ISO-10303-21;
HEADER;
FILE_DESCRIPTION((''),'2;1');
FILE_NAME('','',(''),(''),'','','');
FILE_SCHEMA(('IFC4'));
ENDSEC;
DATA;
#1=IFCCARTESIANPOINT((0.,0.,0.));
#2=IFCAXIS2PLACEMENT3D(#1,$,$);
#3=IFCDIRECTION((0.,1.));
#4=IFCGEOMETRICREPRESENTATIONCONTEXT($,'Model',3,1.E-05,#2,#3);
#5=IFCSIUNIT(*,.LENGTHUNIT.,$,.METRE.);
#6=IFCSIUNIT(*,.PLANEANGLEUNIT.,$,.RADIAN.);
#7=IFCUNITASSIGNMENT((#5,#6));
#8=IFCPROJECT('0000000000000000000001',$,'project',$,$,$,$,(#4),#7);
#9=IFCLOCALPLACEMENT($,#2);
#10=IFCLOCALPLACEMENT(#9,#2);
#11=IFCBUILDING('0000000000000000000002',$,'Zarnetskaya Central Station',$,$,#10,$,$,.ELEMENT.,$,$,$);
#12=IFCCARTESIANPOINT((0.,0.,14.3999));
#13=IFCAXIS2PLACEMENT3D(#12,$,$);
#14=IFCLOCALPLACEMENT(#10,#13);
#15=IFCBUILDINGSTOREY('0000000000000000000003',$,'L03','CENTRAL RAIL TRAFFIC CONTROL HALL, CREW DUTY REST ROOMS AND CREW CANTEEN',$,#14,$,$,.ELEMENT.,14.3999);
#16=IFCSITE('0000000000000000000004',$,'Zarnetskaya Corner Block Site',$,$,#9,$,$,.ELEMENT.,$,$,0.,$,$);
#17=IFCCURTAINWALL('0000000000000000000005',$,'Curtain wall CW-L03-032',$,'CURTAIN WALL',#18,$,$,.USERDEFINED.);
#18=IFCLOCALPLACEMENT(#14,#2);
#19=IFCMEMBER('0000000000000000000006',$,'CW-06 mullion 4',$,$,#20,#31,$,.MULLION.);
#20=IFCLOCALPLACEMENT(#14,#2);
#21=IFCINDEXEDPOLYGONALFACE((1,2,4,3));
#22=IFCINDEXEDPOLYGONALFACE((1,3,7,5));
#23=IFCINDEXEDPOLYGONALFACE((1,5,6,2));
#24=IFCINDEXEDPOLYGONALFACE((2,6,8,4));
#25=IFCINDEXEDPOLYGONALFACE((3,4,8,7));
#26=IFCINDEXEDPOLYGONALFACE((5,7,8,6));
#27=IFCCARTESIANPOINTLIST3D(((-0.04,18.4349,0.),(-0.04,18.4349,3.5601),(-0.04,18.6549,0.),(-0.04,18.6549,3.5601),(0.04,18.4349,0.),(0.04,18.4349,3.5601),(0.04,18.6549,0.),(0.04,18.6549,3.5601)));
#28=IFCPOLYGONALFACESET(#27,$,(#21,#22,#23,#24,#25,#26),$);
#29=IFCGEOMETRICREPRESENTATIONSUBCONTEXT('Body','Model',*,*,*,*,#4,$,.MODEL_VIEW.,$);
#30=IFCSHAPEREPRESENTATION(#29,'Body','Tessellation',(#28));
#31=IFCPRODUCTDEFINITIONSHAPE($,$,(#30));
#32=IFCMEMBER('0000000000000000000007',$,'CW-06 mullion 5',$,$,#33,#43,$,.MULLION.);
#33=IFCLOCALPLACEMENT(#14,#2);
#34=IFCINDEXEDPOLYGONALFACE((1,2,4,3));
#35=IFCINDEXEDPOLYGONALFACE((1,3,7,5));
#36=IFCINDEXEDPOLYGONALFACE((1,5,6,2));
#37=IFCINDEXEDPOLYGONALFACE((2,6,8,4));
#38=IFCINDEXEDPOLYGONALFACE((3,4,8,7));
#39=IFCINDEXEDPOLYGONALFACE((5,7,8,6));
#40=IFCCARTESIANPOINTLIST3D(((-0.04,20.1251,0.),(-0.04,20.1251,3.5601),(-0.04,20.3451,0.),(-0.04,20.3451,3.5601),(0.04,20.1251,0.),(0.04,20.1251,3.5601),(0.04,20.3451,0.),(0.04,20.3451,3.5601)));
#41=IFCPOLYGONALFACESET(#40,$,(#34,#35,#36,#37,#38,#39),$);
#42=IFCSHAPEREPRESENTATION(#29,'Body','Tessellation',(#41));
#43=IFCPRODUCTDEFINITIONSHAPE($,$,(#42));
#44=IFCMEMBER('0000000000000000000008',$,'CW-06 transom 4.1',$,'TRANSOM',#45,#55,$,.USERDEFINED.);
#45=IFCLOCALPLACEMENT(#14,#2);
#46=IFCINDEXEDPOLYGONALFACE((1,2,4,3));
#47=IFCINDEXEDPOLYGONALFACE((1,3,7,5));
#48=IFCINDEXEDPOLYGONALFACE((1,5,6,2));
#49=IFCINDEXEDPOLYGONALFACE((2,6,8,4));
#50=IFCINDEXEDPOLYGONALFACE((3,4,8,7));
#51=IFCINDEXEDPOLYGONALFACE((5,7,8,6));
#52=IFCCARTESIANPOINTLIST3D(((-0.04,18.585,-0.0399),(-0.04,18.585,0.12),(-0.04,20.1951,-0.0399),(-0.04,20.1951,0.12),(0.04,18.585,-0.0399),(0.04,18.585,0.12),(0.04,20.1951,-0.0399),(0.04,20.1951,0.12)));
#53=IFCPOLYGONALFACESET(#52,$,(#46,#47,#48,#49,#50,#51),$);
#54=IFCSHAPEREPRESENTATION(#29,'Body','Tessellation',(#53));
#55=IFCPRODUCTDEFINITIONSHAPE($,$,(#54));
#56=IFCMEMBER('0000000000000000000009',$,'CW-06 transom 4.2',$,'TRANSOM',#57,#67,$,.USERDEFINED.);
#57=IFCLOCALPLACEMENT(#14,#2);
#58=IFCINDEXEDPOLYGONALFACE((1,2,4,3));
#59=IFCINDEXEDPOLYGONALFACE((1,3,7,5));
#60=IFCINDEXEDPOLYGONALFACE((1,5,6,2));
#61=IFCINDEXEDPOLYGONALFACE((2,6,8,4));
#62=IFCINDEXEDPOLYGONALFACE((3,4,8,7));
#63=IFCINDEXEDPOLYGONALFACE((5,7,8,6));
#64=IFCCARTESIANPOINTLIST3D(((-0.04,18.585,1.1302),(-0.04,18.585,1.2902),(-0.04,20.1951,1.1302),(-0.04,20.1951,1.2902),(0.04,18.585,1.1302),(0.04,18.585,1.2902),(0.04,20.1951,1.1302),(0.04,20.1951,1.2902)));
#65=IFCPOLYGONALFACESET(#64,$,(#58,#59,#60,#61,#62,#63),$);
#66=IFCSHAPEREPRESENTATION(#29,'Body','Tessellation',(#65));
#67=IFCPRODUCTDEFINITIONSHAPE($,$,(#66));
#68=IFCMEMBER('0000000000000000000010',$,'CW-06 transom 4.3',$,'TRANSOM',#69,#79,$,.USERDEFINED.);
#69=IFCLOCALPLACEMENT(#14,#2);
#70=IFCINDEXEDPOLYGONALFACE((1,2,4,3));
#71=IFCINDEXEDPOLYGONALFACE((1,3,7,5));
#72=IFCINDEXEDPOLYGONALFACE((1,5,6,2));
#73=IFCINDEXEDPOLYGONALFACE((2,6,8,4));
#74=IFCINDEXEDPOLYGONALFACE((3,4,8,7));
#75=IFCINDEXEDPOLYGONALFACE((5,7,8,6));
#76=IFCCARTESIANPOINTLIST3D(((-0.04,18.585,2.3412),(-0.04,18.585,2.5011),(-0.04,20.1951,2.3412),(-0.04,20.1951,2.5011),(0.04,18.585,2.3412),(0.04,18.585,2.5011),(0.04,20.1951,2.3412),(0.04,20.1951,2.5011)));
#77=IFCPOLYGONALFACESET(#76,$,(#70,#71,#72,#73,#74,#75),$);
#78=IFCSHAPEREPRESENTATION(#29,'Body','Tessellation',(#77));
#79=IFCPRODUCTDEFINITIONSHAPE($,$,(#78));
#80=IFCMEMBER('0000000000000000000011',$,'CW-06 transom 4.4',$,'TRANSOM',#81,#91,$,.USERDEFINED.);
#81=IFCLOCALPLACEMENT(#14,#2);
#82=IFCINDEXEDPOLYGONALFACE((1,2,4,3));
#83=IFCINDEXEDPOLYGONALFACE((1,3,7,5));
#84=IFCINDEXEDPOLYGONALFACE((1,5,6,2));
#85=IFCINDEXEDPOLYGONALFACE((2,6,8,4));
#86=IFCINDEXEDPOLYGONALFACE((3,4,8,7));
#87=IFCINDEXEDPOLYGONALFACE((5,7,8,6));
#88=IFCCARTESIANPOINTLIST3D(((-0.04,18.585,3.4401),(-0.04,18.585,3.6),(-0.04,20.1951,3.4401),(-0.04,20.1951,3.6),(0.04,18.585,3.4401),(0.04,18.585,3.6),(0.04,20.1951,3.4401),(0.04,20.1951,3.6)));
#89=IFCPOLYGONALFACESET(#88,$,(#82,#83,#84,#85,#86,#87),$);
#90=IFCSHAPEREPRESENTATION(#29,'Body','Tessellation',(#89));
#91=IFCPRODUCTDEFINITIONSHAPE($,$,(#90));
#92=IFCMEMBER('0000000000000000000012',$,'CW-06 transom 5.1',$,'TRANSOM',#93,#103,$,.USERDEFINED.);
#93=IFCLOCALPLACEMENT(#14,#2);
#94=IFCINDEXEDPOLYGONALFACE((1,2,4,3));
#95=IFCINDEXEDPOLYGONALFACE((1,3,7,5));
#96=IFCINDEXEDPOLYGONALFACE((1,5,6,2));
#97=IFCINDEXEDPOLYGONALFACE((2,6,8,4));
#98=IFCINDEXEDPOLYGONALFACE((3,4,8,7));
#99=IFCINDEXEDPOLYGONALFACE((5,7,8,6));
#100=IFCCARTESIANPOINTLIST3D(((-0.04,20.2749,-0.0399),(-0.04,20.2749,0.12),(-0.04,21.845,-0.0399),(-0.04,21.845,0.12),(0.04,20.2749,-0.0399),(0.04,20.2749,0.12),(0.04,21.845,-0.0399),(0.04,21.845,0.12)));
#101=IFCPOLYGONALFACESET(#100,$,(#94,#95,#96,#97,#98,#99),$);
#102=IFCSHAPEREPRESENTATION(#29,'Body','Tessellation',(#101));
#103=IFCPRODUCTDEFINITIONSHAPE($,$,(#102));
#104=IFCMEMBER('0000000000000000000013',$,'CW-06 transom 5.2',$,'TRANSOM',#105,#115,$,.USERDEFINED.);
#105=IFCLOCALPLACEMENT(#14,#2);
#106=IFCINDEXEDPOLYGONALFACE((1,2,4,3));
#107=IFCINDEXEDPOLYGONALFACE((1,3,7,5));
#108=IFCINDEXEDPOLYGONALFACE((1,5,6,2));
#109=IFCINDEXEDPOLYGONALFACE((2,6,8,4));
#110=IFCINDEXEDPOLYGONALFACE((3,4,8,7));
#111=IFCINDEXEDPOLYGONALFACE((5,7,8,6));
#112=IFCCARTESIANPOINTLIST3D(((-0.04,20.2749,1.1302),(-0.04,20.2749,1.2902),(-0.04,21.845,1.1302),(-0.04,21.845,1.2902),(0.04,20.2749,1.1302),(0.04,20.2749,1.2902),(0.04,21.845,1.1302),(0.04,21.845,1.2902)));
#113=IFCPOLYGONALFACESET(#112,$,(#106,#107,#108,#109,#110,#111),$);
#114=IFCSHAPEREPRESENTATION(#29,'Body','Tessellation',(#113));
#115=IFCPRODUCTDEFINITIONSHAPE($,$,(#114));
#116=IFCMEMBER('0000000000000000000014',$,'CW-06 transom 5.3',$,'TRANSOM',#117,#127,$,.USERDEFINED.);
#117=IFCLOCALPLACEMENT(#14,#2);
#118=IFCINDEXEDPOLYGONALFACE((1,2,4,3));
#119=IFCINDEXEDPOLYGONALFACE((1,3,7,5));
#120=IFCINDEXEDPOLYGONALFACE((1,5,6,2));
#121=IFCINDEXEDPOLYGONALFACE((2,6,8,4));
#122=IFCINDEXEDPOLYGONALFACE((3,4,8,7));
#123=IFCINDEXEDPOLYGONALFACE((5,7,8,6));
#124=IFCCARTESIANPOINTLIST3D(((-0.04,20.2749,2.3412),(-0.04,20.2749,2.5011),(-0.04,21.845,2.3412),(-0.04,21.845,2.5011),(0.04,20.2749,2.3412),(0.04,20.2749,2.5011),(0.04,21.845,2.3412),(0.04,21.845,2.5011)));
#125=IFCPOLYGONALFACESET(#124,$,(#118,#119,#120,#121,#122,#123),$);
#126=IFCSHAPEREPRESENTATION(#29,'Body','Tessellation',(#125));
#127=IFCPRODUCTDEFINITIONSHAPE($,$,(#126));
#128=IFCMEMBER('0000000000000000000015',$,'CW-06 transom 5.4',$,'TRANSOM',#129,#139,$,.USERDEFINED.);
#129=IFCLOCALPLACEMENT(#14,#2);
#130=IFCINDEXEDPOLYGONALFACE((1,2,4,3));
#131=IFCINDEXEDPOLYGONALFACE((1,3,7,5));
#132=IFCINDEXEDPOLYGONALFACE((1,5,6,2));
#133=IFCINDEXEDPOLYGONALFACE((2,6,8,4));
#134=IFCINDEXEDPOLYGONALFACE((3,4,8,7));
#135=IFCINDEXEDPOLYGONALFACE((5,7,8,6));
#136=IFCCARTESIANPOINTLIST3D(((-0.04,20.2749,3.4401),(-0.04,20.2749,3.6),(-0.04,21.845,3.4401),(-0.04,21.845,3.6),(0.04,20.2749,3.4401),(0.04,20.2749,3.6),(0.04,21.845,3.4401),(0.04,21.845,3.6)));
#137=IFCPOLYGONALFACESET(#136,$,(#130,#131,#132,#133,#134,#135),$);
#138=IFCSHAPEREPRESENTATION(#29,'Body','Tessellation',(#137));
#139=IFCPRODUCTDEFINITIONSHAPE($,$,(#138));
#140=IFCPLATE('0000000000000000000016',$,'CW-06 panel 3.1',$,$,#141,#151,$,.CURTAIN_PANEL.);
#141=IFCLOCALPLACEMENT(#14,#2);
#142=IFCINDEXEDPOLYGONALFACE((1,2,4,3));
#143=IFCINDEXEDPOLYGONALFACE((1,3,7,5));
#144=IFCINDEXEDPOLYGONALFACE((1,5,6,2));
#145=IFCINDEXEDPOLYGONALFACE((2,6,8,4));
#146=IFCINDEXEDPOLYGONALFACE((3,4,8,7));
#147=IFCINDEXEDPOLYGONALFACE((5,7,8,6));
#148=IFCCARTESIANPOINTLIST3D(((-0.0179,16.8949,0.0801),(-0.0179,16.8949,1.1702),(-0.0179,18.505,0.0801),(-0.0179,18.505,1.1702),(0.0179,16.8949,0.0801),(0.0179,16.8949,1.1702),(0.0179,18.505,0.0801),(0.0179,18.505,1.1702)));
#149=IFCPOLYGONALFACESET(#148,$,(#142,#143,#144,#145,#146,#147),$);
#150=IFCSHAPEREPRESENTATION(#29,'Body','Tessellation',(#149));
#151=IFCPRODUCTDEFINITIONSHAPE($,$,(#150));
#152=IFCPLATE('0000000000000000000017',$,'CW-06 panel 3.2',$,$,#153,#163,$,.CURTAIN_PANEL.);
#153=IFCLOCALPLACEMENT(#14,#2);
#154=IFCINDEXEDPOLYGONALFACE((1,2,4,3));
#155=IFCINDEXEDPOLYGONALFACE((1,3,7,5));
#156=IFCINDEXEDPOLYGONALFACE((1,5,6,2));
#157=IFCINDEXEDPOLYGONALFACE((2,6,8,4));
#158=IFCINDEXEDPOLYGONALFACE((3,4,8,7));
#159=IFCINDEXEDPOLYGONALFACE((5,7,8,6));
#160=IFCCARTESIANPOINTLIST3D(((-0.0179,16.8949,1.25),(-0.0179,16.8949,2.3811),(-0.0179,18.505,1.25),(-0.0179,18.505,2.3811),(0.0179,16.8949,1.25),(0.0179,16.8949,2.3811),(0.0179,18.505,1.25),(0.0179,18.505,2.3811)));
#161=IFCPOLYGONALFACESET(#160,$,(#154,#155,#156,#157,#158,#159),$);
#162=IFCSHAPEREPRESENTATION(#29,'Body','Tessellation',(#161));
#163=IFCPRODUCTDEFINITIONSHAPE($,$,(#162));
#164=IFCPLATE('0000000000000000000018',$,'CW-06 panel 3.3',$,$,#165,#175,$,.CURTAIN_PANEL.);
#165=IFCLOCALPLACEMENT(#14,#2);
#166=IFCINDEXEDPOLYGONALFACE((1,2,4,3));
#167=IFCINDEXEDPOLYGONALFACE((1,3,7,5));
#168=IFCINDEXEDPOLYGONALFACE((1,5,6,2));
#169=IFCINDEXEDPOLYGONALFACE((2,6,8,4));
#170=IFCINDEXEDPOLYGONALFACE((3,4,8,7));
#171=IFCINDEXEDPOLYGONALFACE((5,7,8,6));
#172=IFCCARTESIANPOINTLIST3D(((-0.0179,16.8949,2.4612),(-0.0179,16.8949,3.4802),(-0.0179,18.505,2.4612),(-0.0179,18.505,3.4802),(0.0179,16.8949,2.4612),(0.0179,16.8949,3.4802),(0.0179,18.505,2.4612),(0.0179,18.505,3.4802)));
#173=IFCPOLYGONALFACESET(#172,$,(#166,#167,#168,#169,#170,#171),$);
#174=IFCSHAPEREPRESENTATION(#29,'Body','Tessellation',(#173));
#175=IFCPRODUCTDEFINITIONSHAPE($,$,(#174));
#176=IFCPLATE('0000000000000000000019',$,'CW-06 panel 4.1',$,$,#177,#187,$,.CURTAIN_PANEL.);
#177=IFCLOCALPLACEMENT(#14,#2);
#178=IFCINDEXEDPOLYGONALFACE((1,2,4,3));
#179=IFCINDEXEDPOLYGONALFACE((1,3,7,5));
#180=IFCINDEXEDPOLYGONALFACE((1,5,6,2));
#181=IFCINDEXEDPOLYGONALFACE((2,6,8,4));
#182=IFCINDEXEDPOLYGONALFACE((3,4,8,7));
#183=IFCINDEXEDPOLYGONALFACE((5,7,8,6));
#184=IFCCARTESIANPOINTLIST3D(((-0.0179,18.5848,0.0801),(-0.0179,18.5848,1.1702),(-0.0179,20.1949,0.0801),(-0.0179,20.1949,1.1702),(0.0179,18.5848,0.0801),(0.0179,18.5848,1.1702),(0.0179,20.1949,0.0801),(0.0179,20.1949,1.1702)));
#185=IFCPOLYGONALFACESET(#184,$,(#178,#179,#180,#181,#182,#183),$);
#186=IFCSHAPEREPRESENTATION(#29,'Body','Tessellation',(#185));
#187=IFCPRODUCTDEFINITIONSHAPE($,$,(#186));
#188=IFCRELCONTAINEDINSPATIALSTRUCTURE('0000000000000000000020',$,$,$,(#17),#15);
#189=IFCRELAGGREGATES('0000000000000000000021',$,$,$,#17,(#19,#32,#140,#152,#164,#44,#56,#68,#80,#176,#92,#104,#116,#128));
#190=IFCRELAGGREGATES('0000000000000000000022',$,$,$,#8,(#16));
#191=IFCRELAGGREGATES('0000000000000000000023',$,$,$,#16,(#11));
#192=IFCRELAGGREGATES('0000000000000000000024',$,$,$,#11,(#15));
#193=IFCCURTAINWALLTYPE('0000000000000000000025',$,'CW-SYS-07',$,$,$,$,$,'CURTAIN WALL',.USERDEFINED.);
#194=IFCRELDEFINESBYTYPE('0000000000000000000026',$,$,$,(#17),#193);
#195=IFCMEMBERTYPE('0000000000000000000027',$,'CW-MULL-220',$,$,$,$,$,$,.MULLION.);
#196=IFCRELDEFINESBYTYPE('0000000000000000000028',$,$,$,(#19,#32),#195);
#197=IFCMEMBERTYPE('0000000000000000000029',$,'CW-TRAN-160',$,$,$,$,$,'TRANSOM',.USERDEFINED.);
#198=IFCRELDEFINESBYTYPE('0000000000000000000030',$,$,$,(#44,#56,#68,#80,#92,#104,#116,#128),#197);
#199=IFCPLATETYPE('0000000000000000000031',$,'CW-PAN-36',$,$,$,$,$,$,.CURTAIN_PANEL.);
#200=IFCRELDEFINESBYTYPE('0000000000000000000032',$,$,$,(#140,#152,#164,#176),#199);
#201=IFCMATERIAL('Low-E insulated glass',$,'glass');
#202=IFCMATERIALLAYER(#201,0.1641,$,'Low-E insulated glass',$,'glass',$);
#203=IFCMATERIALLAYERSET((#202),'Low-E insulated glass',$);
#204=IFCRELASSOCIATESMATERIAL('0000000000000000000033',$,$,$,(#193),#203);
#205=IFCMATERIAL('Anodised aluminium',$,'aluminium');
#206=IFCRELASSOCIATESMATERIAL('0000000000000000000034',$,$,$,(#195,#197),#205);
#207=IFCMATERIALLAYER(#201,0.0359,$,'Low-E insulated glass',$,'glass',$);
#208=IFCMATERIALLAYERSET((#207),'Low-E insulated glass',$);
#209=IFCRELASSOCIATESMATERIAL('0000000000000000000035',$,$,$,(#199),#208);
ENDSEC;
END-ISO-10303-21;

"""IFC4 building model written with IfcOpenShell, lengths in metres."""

from ifc_helpers import new_model, si_unit, direction, frame, origin, origin_2d, place, context, subcontext, project, spatial, rectangle, extrude, material, layer, layer_set, material_profile, profile_set, type_object, element, aggregate, save


model = new_model("IFC4")

# Units and contexts
model_context = context("Model", 3, precision=1e-05, world=origin(), true_north=direction((0.0, 1.0)))
body_context = subcontext(model_context, "Body", "Model", "MODEL_VIEW")
ifc_project = project(units=[si_unit("LENGTHUNIT", "METRE"), si_unit("PLANEANGLEUNIT", "RADIAN")], contexts=[model_context])

# Site, building, storey
site_placement = place(None, origin())
site = spatial("IfcSite", under=ifc_project, at=site_placement, Name="Zarnetskaya Corner Block Site", CompositionType="ELEMENT", RefElevation=0.0)
building_placement = place(site_placement, origin())
building = spatial("IfcBuilding", under=site, at=building_placement, Name="Zarnetskaya Central Station", CompositionType="ELEMENT")
storey_placement = place(building_placement, frame((0.0, 0.0, 14.3999)))
storey = spatial("IfcBuildingStorey", under=building, at=storey_placement, Name="L03", Description="CENTRAL RAIL TRAFFIC CONTROL HALL, CREW DUTY REST ROOMS AND CREW CANTEEN", CompositionType="ELEMENT", Elevation=14.3999)

# Curtain wall, members, plates
ifc_material_1 = material(Name="Low-E insulated glass", Category="glass")
ifc_layer_1 = layer(ifc_material_1, 0.1641, Name="Low-E insulated glass", Category="glass")
ifc_layer_set_1 = layer_set([ifc_layer_1], Name="Low-E insulated glass")
curtain_wall_type = type_object("IfcCurtainWallType", Name="CW-SYS-07", ElementType="CURTAIN WALL", PredefinedType="USERDEFINED", material=ifc_layer_set_1)
curtain_wall_placement = place(storey_placement, origin())
curtain_wall = element("IfcCurtainWall", 1, at=curtain_wall_placement, inside=storey, type_object=curtain_wall_type, Name="Curtain wall CW-L03-032", ObjectType="CURTAIN WALL", PredefinedType="USERDEFINED")
ifc_material_2 = material(Name="Anodised aluminium", Category="aluminium")
ifc_material_profile_1 = material_profile(ifc_material_2, rectangle(XDim=0.0801, YDim=0.22, at=origin_2d()), Name="ALU MULL 80x220")
ifc_profile_set_1 = profile_set([ifc_material_profile_1], Name="Anodised aluminium")
member_type_1 = type_object("IfcMemberType", Name="CW-MULL-220", PredefinedType="MULLION", material=ifc_profile_set_1)
member_1_placement = place(storey_placement, frame((0.0, 18.5449, 0.0), z_axis=(0.0, 0.0, 1.0), x_axis=(-1.0, 0.0, 0.0)))
member_1 = element("IfcMember", 2, at=member_1_placement, type_object=member_type_1, Name="CW-06 mullion 4", PredefinedType="MULLION", context=body_context, shape_type="SweptSolid", body=[
    extrude(rectangle(XDim=0.0801, YDim=0.22, at=origin_2d()), origin(), (0.0, 0.0, 1.0), 3.5601),
])
member_2_placement = place(storey_placement, frame((0.0, 20.2351, 0.0), z_axis=(0.0, 0.0, 1.0), x_axis=(-1.0, 0.0, 0.0)))
member_2 = element("IfcMember", 3, at=member_2_placement, type_object=member_type_1, Name="CW-06 mullion 5", PredefinedType="MULLION", context=body_context, shape_type="SweptSolid", body=[
    extrude(rectangle(XDim=0.0801, YDim=0.22, at=origin_2d()), origin(), (0.0, 0.0, 1.0), 3.5601),
])
ifc_material_profile_2 = material_profile(ifc_material_2, rectangle(XDim=0.0801, YDim=0.1599, at=origin_2d()), Name="ALU TRAN 80x160")
ifc_profile_set_2 = profile_set([ifc_material_profile_2], Name="Anodised aluminium")
member_type_2 = type_object("IfcMemberType", Name="CW-TRAN-160", ElementType="TRANSOM", PredefinedType="USERDEFINED", material=ifc_profile_set_2)
member_3_placement = place(storey_placement, frame((0.0, 18.585, 0.04), z_axis=(0.0, 1.0, 0.0), x_axis=(-1.0, 0.0, 0.0)))
member_3 = element("IfcMember", 4, at=member_3_placement, type_object=member_type_2, Name="CW-06 transom 4.1", ObjectType="TRANSOM", PredefinedType="USERDEFINED", context=body_context, shape_type="SweptSolid", body=[
    extrude(rectangle(XDim=0.0801, YDim=0.1599, at=origin_2d()), origin(), (0.0, 0.0, 1.0), 1.6101),
])
member_4_placement = place(storey_placement, frame((0.0, 18.585, 1.2102), z_axis=(0.0, 1.0, 0.0), x_axis=(-1.0, 0.0, 0.0)))
member_4 = element("IfcMember", 5, at=member_4_placement, type_object=member_type_2, Name="CW-06 transom 4.2", ObjectType="TRANSOM", PredefinedType="USERDEFINED", context=body_context, shape_type="SweptSolid", body=[
    extrude(rectangle(XDim=0.0801, YDim=0.1599, at=origin_2d()), origin(), (0.0, 0.0, 1.0), 1.6101),
])
member_5_placement = place(storey_placement, frame((0.0, 18.585, 2.4211), z_axis=(0.0, 1.0, 0.0), x_axis=(-1.0, 0.0, 0.0)))
member_5 = element("IfcMember", 6, at=member_5_placement, type_object=member_type_2, Name="CW-06 transom 4.3", ObjectType="TRANSOM", PredefinedType="USERDEFINED", context=body_context, shape_type="SweptSolid", body=[
    extrude(rectangle(XDim=0.0801, YDim=0.1599, at=origin_2d()), origin(), (0.0, 0.0, 1.0), 1.6101),
])
member_6_placement = place(storey_placement, frame((0.0, 18.585, 3.52), z_axis=(0.0, 1.0, 0.0), x_axis=(-1.0, 0.0, 0.0)))
member_6 = element("IfcMember", 7, at=member_6_placement, type_object=member_type_2, Name="CW-06 transom 4.4", ObjectType="TRANSOM", PredefinedType="USERDEFINED", context=body_context, shape_type="SweptSolid", body=[
    extrude(rectangle(XDim=0.0801, YDim=0.1599, at=origin_2d()), origin(), (0.0, 0.0, 1.0), 1.6101),
])
member_7_placement = place(storey_placement, frame((0.0, 20.2749, 0.04), z_axis=(0.0, 1.0, 0.0), x_axis=(-1.0, 0.0, 0.0)))
member_7 = element("IfcMember", 8, at=member_7_placement, type_object=member_type_2, Name="CW-06 transom 5.1", ObjectType="TRANSOM", PredefinedType="USERDEFINED", context=body_context, shape_type="SweptSolid", body=[
    extrude(rectangle(XDim=0.0801, YDim=0.1599, at=origin_2d()), origin(), (0.0, 0.0, 1.0), 1.5701),
])
member_8_placement = place(storey_placement, frame((0.0, 20.2749, 1.2102), z_axis=(0.0, 1.0, 0.0), x_axis=(-1.0, 0.0, 0.0)))
member_8 = element("IfcMember", 9, at=member_8_placement, type_object=member_type_2, Name="CW-06 transom 5.2", ObjectType="TRANSOM", PredefinedType="USERDEFINED", context=body_context, shape_type="SweptSolid", body=[
    extrude(rectangle(XDim=0.0801, YDim=0.1599, at=origin_2d()), origin(), (0.0, 0.0, 1.0), 1.5701),
])
member_9_placement = place(storey_placement, frame((0.0, 20.2749, 2.4211), z_axis=(0.0, 1.0, 0.0), x_axis=(-1.0, 0.0, 0.0)))
member_9 = element("IfcMember", 10, at=member_9_placement, type_object=member_type_2, Name="CW-06 transom 5.3", ObjectType="TRANSOM", PredefinedType="USERDEFINED", context=body_context, shape_type="SweptSolid", body=[
    extrude(rectangle(XDim=0.0801, YDim=0.1599, at=origin_2d()), origin(), (0.0, 0.0, 1.0), 1.5701),
])
member_10_placement = place(storey_placement, frame((0.0, 20.2749, 3.52), z_axis=(0.0, 1.0, 0.0), x_axis=(-1.0, 0.0, 0.0)))
member_10 = element("IfcMember", 11, at=member_10_placement, type_object=member_type_2, Name="CW-06 transom 5.4", ObjectType="TRANSOM", PredefinedType="USERDEFINED", context=body_context, shape_type="SweptSolid", body=[
    extrude(rectangle(XDim=0.0801, YDim=0.1599, at=origin_2d()), origin(), (0.0, 0.0, 1.0), 1.5701),
])
ifc_layer_2 = layer(ifc_material_1, 0.0359, Name="Low-E insulated glass", Category="glass")
ifc_layer_set_2 = layer_set([ifc_layer_2], Name="Low-E insulated glass")
plate_type = type_object("IfcPlateType", Name="CW-PAN-36", PredefinedType="CURTAIN_PANEL", material=ifc_layer_set_2)
plate_1_placement = place(storey_placement, frame((0.0, 17.7, 0.0801), z_axis=(0.0, 0.0, 1.0), x_axis=(0.0, 1.0, 0.0)))
plate_1 = element("IfcPlate", 12, at=plate_1_placement, type_object=plate_type, Name="CW-06 panel 3.1", PredefinedType="CURTAIN_PANEL", context=body_context, shape_type="SweptSolid", body=[
    extrude(rectangle(XDim=1.6101, YDim=0.0359, at=origin_2d()), origin(), (0.0, 0.0, 1.0), 1.0901),
])
plate_2_placement = place(storey_placement, frame((0.0, 17.7, 1.25), z_axis=(0.0, 0.0, 1.0), x_axis=(0.0, 1.0, 0.0)))
plate_2 = element("IfcPlate", 13, at=plate_2_placement, type_object=plate_type, Name="CW-06 panel 3.2", PredefinedType="CURTAIN_PANEL", context=body_context, shape_type="SweptSolid", body=[
    extrude(rectangle(XDim=1.6101, YDim=0.0359, at=origin_2d()), origin(), (0.0, 0.0, 1.0), 1.1311),
])
plate_3_placement = place(storey_placement, frame((0.0, 17.7, 2.4612), z_axis=(0.0, 0.0, 1.0), x_axis=(0.0, 1.0, 0.0)))
plate_3 = element("IfcPlate", 14, at=plate_3_placement, type_object=plate_type, Name="CW-06 panel 3.3", PredefinedType="CURTAIN_PANEL", context=body_context, shape_type="SweptSolid", body=[
    extrude(rectangle(XDim=1.6101, YDim=0.0359, at=origin_2d()), origin(), (0.0, 0.0, 1.0), 1.019),
])
plate_4_placement = place(storey_placement, frame((0.0, 19.3899, 0.0801), z_axis=(0.0, 0.0, 1.0), x_axis=(0.0, 1.0, 0.0)))
plate_4 = element("IfcPlate", 15, at=plate_4_placement, type_object=plate_type, Name="CW-06 panel 4.1", PredefinedType="CURTAIN_PANEL", context=body_context, shape_type="SweptSolid", body=[
    extrude(rectangle(XDim=1.6101, YDim=0.0359, at=origin_2d()), origin(), (0.0, 0.0, 1.0), 1.0901),
])
aggregate(curtain_wall, [member_1, member_2, plate_1, plate_2, plate_3, member_3, member_4, member_5, member_6, plate_4, member_7, member_8, member_9, member_10])

save(model, "model.ifc")
